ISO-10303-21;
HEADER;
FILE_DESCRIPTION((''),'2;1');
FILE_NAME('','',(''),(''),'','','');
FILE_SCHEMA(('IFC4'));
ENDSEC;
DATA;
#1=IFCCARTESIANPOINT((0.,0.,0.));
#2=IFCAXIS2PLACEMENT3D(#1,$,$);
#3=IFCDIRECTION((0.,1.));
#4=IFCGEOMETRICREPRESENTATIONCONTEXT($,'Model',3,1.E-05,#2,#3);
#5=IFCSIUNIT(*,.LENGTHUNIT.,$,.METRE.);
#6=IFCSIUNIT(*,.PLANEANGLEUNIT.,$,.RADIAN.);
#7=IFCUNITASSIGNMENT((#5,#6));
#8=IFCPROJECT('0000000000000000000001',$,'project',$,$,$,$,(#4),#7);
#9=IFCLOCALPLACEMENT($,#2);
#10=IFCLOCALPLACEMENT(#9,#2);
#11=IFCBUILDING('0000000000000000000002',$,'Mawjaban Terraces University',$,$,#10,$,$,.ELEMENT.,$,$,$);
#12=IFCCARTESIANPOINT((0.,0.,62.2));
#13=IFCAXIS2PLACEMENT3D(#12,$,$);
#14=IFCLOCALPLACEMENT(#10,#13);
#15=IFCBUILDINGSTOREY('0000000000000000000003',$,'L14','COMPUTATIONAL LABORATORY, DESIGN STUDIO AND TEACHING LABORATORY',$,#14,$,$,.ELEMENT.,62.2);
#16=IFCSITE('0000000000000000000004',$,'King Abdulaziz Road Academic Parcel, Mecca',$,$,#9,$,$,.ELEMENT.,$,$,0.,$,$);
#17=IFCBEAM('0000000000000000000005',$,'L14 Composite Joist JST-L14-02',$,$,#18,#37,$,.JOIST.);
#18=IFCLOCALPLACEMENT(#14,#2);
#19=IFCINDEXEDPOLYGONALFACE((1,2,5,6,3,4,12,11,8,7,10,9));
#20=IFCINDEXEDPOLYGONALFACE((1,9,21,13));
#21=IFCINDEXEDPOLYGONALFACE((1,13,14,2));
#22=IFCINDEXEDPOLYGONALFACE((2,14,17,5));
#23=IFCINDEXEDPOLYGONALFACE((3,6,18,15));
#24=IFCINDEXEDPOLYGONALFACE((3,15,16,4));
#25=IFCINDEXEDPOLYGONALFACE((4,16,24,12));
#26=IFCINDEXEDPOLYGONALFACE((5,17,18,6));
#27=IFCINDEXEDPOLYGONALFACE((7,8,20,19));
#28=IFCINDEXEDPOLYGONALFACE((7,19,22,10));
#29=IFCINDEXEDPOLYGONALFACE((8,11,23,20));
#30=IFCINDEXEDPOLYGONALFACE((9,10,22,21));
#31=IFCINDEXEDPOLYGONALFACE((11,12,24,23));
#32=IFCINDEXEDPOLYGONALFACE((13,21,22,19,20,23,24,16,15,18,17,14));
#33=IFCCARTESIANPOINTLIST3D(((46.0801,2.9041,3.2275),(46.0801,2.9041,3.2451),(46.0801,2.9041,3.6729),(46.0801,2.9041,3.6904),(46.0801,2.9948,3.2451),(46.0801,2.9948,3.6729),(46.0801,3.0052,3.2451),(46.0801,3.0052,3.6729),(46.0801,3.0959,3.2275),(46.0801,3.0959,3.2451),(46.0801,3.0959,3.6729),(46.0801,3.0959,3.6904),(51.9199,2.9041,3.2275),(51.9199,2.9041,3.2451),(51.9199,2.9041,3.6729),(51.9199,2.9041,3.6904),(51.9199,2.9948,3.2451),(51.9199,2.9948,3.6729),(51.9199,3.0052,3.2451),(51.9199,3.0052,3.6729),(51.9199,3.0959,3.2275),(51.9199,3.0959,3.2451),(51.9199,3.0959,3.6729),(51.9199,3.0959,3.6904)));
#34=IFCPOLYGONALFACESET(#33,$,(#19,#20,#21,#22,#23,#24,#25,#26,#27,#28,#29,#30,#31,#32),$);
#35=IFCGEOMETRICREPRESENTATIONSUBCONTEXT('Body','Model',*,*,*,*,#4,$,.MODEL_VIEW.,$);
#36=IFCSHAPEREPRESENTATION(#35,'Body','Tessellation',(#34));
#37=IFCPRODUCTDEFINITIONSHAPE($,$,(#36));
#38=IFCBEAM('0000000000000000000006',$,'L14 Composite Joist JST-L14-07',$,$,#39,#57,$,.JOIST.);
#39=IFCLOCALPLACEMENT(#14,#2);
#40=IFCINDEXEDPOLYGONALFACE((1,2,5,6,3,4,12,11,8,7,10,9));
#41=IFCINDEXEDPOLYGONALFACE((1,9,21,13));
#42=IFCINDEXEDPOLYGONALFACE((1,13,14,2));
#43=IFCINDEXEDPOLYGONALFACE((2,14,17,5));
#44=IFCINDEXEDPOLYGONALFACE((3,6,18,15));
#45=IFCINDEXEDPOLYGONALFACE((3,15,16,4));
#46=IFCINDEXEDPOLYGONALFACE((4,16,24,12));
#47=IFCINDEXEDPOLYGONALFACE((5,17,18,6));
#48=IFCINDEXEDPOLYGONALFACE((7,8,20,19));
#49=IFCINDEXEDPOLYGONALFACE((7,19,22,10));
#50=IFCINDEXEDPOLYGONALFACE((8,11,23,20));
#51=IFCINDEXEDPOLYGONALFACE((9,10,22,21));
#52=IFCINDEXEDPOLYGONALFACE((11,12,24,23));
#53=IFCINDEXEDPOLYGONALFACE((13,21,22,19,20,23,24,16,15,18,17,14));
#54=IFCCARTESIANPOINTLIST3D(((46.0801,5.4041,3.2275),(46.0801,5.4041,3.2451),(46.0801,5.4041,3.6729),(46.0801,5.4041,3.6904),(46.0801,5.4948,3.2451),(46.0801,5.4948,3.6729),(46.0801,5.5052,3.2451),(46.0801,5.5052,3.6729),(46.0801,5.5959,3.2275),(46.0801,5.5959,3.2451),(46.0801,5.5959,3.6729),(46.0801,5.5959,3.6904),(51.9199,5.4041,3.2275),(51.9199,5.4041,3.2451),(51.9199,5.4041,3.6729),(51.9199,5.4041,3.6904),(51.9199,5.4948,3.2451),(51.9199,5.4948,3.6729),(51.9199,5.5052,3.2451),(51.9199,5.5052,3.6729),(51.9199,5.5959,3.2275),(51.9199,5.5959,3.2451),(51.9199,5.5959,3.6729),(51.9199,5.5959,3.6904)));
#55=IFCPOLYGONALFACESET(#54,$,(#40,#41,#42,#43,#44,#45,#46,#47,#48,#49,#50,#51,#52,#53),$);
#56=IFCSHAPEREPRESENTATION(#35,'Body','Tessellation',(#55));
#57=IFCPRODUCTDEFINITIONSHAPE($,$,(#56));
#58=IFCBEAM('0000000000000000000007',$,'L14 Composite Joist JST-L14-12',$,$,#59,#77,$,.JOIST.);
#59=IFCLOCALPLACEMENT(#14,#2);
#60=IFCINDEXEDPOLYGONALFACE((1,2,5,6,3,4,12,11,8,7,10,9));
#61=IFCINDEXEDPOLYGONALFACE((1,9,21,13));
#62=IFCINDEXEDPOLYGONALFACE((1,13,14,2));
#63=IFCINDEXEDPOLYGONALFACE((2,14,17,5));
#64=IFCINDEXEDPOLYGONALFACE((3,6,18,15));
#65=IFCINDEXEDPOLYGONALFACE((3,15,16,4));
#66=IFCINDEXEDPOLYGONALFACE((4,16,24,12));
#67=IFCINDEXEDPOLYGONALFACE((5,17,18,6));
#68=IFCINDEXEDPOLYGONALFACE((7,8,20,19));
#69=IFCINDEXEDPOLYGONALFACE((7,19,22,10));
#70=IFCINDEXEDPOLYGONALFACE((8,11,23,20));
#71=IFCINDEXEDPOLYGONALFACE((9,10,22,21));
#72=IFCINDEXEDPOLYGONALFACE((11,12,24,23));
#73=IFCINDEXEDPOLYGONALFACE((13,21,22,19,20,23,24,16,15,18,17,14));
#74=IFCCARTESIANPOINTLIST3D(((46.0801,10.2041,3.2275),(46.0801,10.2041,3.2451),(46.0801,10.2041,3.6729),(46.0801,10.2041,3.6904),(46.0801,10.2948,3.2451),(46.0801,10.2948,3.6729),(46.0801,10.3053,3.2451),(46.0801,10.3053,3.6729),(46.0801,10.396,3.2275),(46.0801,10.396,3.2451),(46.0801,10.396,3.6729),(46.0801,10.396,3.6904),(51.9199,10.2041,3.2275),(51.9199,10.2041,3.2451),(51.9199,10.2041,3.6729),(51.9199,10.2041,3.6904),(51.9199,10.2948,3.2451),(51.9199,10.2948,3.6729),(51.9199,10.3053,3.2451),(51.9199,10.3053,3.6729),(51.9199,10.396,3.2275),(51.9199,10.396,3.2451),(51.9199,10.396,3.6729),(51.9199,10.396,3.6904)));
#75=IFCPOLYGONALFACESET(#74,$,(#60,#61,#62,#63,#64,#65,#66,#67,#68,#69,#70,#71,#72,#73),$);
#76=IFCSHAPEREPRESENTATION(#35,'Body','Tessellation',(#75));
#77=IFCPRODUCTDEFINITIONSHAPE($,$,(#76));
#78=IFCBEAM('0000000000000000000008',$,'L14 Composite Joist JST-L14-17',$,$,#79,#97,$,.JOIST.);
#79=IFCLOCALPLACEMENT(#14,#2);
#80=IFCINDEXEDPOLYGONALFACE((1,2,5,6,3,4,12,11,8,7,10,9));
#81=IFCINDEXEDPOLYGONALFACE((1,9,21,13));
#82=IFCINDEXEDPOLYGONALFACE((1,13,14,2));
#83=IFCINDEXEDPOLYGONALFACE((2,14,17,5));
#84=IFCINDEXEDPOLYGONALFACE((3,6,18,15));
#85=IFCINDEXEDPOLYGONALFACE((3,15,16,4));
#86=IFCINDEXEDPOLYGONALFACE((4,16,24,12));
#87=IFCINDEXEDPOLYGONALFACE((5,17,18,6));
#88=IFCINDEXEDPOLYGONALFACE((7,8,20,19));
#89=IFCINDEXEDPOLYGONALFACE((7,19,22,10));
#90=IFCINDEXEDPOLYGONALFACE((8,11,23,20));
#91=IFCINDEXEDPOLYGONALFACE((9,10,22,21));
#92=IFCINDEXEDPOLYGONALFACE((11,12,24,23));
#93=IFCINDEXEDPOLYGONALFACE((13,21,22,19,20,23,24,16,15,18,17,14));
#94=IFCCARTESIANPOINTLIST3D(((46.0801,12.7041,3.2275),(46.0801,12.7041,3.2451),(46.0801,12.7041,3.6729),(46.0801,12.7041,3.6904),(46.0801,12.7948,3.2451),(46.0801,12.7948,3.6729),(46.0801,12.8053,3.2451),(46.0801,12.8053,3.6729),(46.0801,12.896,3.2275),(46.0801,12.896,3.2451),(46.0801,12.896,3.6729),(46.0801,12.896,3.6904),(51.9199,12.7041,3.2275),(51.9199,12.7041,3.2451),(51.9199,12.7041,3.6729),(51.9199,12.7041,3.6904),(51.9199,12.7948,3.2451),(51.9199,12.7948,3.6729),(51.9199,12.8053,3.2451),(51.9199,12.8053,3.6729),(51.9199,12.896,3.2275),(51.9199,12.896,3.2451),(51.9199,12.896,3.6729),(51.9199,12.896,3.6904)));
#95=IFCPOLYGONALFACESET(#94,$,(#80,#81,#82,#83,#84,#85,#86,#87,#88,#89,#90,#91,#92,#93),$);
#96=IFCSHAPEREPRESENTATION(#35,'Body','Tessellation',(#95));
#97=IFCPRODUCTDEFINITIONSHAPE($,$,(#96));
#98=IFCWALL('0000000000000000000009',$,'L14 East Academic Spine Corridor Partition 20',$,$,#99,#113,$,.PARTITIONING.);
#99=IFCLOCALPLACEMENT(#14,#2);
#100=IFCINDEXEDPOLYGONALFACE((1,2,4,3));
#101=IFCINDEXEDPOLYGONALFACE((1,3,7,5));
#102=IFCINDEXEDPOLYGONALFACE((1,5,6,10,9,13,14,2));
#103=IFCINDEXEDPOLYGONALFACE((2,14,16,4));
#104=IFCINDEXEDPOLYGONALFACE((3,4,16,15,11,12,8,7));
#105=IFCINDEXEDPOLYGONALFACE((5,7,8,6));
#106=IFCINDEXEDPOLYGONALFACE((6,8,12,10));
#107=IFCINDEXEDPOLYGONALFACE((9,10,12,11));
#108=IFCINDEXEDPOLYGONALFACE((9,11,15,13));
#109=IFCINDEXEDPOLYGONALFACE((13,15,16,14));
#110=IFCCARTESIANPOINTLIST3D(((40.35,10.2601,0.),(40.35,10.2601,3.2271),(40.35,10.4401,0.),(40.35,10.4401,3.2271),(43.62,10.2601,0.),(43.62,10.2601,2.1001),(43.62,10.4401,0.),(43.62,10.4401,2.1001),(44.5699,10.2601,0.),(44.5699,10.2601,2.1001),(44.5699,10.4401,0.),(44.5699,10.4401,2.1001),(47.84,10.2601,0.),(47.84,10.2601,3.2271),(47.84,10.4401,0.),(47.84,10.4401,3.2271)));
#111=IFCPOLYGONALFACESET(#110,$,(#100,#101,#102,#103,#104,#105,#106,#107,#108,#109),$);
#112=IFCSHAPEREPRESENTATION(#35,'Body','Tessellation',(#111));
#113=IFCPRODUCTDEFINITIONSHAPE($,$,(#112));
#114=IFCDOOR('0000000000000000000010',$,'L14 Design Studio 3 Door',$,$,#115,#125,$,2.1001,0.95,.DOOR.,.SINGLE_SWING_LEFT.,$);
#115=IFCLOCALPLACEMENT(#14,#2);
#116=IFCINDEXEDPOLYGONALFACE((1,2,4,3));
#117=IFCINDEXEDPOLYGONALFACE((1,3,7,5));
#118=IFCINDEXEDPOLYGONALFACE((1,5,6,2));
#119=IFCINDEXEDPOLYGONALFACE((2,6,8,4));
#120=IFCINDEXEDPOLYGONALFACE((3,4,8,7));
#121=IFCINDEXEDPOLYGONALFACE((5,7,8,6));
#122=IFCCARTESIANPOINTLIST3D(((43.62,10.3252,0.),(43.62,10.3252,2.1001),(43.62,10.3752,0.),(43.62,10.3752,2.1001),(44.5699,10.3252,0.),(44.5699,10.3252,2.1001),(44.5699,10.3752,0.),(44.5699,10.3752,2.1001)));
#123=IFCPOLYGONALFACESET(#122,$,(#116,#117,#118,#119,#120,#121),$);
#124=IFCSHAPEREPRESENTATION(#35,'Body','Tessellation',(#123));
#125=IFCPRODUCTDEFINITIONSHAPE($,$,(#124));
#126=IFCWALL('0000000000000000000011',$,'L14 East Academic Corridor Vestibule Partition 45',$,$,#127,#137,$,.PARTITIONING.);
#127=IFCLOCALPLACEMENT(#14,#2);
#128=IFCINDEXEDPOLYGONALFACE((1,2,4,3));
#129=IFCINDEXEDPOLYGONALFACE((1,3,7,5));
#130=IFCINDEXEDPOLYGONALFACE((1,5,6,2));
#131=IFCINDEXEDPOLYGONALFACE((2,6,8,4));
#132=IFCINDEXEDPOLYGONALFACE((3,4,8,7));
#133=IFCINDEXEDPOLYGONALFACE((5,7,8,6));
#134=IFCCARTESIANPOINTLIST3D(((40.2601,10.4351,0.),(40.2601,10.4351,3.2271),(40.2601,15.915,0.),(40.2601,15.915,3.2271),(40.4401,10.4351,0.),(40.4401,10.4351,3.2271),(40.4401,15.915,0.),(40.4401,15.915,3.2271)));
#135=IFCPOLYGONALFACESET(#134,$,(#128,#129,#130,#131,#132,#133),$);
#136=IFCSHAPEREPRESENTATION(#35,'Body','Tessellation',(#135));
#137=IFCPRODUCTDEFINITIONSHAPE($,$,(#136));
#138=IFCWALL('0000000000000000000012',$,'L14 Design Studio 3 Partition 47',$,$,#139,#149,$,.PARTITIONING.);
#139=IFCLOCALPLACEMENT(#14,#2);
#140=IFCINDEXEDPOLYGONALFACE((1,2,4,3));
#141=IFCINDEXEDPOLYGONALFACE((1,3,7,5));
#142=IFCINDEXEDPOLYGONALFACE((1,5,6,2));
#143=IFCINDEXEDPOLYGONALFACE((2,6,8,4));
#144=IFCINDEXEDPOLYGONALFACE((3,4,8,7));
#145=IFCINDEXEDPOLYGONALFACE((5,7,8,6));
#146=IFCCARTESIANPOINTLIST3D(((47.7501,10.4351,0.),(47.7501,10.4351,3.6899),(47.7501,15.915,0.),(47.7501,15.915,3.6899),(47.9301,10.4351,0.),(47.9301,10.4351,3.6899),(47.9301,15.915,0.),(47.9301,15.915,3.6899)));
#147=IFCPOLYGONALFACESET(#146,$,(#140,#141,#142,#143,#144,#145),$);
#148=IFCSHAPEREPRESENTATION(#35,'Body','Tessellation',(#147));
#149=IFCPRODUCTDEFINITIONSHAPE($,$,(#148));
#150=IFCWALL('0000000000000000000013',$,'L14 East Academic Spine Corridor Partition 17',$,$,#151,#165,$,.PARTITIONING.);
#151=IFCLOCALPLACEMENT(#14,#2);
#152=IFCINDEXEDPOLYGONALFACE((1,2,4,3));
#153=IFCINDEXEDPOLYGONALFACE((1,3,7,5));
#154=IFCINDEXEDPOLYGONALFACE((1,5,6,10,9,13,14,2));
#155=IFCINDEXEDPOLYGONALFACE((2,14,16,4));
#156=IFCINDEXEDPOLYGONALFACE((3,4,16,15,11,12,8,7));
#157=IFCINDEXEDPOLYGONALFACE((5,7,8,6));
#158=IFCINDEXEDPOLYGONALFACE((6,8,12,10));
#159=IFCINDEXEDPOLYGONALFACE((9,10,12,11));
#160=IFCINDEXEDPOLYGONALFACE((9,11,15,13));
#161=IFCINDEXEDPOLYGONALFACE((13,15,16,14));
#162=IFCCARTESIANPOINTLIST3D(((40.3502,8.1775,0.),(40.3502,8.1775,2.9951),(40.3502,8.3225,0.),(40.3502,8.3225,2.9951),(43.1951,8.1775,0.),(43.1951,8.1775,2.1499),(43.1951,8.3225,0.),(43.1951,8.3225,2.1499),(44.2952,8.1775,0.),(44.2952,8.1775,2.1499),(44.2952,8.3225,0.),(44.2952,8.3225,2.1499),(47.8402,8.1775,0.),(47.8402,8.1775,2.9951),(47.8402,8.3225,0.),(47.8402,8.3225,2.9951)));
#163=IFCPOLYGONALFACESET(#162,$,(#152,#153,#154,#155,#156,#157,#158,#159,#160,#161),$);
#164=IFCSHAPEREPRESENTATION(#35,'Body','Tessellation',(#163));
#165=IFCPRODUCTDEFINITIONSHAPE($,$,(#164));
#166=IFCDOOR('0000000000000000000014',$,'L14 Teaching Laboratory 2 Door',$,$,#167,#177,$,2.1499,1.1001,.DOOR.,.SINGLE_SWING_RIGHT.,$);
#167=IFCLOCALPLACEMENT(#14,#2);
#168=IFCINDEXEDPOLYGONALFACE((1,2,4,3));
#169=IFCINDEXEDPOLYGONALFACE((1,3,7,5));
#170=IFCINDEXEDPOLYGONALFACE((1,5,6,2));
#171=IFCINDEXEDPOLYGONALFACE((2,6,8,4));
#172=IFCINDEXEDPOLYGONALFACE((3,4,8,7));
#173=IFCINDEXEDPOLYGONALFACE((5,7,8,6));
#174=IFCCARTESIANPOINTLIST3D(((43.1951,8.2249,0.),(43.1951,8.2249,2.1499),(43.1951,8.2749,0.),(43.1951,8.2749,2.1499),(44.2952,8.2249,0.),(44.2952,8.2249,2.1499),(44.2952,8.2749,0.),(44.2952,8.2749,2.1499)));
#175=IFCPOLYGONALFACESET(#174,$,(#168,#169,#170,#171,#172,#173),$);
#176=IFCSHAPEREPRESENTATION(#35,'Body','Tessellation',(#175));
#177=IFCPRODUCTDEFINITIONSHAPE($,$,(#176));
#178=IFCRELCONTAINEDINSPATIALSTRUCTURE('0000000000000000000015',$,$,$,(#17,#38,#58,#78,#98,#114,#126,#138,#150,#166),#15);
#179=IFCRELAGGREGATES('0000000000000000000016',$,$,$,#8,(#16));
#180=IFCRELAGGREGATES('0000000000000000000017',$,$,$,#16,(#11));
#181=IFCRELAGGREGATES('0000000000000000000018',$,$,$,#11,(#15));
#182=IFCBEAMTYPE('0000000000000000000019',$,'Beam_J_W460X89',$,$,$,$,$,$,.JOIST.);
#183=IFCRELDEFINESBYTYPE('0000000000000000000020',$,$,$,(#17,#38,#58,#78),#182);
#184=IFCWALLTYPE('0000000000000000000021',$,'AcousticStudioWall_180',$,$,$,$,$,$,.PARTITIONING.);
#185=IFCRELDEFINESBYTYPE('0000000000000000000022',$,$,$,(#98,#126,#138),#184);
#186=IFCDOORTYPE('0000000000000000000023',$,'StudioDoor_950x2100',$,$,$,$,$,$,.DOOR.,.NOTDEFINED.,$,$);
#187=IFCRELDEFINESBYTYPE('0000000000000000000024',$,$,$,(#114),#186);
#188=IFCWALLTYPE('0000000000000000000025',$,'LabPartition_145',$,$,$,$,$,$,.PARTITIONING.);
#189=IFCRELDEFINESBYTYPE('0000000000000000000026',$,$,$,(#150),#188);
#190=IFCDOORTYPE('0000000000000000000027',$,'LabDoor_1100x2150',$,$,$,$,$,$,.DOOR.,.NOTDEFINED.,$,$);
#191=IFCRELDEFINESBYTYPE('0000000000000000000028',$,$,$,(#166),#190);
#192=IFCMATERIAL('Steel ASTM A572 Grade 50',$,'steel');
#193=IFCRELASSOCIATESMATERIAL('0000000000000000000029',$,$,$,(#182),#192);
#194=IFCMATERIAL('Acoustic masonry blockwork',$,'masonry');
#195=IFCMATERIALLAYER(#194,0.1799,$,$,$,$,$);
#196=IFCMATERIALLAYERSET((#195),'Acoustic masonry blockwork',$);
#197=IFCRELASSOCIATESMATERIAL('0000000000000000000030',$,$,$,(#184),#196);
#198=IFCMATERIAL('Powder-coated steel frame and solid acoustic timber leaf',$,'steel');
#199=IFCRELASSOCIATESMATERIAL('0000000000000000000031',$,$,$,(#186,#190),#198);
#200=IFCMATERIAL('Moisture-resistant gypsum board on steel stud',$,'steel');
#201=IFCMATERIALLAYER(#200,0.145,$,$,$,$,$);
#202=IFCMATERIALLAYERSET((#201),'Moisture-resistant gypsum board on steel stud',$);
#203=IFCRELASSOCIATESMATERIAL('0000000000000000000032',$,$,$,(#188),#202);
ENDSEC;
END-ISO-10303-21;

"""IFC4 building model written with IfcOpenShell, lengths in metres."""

from ifc_helpers import new_model, si_unit, direction, frame, frame_2d, origin, origin_2d, place, context, subcontext, project, spatial, rectangle, i_section, extrude, material, layer, layer_set, material_profile, profile_set, type_object, element, fill, save


model = new_model("IFC4")

# Units and contexts
model_context = context("Model", 3, precision=1e-05, world=origin(), true_north=direction((0.0, 1.0)))
body_context = subcontext(model_context, "Body", "Model", "MODEL_VIEW")
ifc_project = project(units=[si_unit("LENGTHUNIT", "METRE"), si_unit("PLANEANGLEUNIT", "RADIAN")], contexts=[model_context])

# Site, building, storey
site_placement = place(None, origin())
site = spatial("IfcSite", under=ifc_project, at=site_placement, Name="King Abdulaziz Road Academic Parcel, Mecca", CompositionType="ELEMENT", RefElevation=0.0)
building_placement = place(site_placement, origin())
building = spatial("IfcBuilding", under=site, at=building_placement, Name="Mawjaban Terraces University", CompositionType="ELEMENT")
storey_placement = place(building_placement, frame((0.0, 0.0, 62.2)))
storey = spatial("IfcBuildingStorey", under=building, at=storey_placement, Name="L14", Description="COMPUTATIONAL LABORATORY, DESIGN STUDIO AND TEACHING LABORATORY", CompositionType="ELEMENT", Elevation=62.2)

# Beams
ifc_material_1 = material(Name="Steel ASTM A572 Grade 50", Category="steel")
ifc_material_profile_1 = material_profile(ifc_material_1, i_section(OverallWidth=0.1919, OverallDepth=0.4629, WebThickness=0.0105, FlangeThickness=0.0176, at=origin_2d()), Name="W460X89")
ifc_profile_set_1 = profile_set([ifc_material_profile_1], Name="Steel ASTM A572 Grade 50")
beam_type_1 = type_object("IfcBeamType", Name="Beam_J_W460X89", PredefinedType="JOIST", material=ifc_profile_set_1)
for number, where, z_axis, x_axis, name in (
    (1, (46.0801, 3.0, 3.459), (1.0, 0.0, 0.0), (0.0, 1.0, 0.0), "L14 Composite Joist JST-L14-02"),
    (2, (46.0801, 5.5, 3.459), (1.0, 0.0, 0.0), (0.0, 1.0, 0.0), "L14 Composite Joist JST-L14-07"),
    (3, (46.0801, 10.3, 3.459), (1.0, 0.0, 0.0), (0.0, 1.0, 0.0), "L14 Composite Joist JST-L14-12"),
    (4, (46.0801, 12.8, 3.459), (1.0, 0.0, 0.0), (0.0, 1.0, 0.0), "L14 Composite Joist JST-L14-17"),
):
    element("IfcBeam", number, at=place(storey_placement, frame(where, z_axis=z_axis, x_axis=x_axis)), inside=storey, type_object=beam_type_1, Name=name, PredefinedType="JOIST", context=body_context, shape_type="SweptSolid", body=[
        extrude(i_section(OverallWidth=0.1919, OverallDepth=0.4629, WebThickness=0.0105, FlangeThickness=0.0176, at=origin_2d()), origin(), (0.0, 0.0, 1.0), 5.8398),
    ])

# Wall, opening, door
ifc_material_2 = material(Name="Acoustic masonry blockwork", Category="masonry")
ifc_layer_1 = layer(ifc_material_2, 0.1799)
ifc_layer_set_1 = layer_set([ifc_layer_1], Name="Acoustic masonry blockwork")
wall_type_1 = type_object("IfcWallType", Name="AcousticStudioWall_180", PredefinedType="PARTITIONING", material=ifc_layer_set_1)
wall_1_placement = place(storey_placement, frame((47.8401, 10.3501, 0.0), z_axis=(0.0, 0.0, 1.0), x_axis=(-1.0, 0.0, 0.0)))
wall_1 = element("IfcWall", 5, at=wall_1_placement, inside=storey, type_object=wall_type_1, Name="L14 East Academic Spine Corridor Partition 20", PredefinedType="PARTITIONING", context=body_context, shape_type="SweptSolid", body=[
    extrude(rectangle(XDim=7.49, YDim=0.1799, at=frame_2d((3.7451, 0.0))), origin(), (0.0, 0.0, 1.0), 3.2271),
])
opening_1_placement = place(wall_1_placement, frame((3.27, 0.0, 0.0)))
opening_1 = element("IfcOpeningElement", 6, at=opening_1_placement, cuts=wall_1, PredefinedType="OPENING", context=body_context, shape_type="SweptSolid", body=[
    extrude(rectangle(XDim=0.95, YDim=2.1001, at=frame_2d((0.4751, 1.05))), frame((0.0, 0.0999, 0.0), z_axis=(0.0, -1.0, 0.0), x_axis=(1.0, 0.0, 0.0)), (0.0, 0.0, 1.0), 0.2),
])
ifc_material_3 = material(Name="Powder-coated steel frame and solid acoustic timber leaf", Category="steel")
door_type_1 = type_object("IfcDoorType", Name="StudioDoor_950x2100", OperationType="NOTDEFINED", PredefinedType="DOOR", material=ifc_material_3)
door_1_placement = place(opening_1_placement, origin())
door_1 = element("IfcDoor", 7, at=door_1_placement, inside=storey, type_object=door_type_1, Name="L14 Design Studio 3 Door", OperationType="SINGLE_SWING_LEFT", OverallHeight=2.1001, OverallWidth=0.95, PredefinedType="DOOR", context=body_context, shape_type="SweptSolid", body=[
    extrude(rectangle(XDim=0.95, YDim=2.1001, at=frame_2d((0.4751, 1.05))), frame((0.0, 0.0249, 0.0), z_axis=(0.0, -1.0, 0.0), x_axis=(1.0, 0.0, 0.0)), (0.0, 0.0, 1.0), 0.05),
])
fill(opening_1, door_1)

# Walls
wall_2_placement = place(storey_placement, frame((40.3501, 10.4351, 0.0), z_axis=(0.0, 0.0, 1.0), x_axis=(0.0, 1.0, 0.0)))
element("IfcWall", 8, at=wall_2_placement, inside=storey, type_object=wall_type_1, Name="L14 East Academic Corridor Vestibule Partition 45", PredefinedType="PARTITIONING", context=body_context, shape_type="SweptSolid", body=[
    extrude(rectangle(XDim=5.48, YDim=0.1799, at=frame_2d((2.74, 0.0))), origin(), (0.0, 0.0, 1.0), 3.2271),
])
wall_3_placement = place(storey_placement, frame((47.8401, 10.4351, 0.0), z_axis=(0.0, 0.0, 1.0), x_axis=(0.0, 1.0, 0.0)))
element("IfcWall", 9, at=wall_3_placement, inside=storey, type_object=wall_type_1, Name="L14 Design Studio 3 Partition 47", PredefinedType="PARTITIONING", context=body_context, shape_type="SweptSolid", body=[
    extrude(rectangle(XDim=5.48, YDim=0.1799, at=frame_2d((2.74, 0.0))), origin(), (0.0, 0.0, 1.0), 3.6899),
])

# Wall, opening, door
ifc_material_4 = material(Name="Moisture-resistant gypsum board on steel stud", Category="steel")
ifc_layer_2 = layer(ifc_material_4, 0.145)
ifc_layer_set_2 = layer_set([ifc_layer_2], Name="Moisture-resistant gypsum board on steel stud")
wall_type_2 = type_object("IfcWallType", Name="LabPartition_145", PredefinedType="PARTITIONING", material=ifc_layer_set_2)
wall_4_placement = place(storey_placement, frame((40.3501, 8.25, 0.0), z_axis=(0.0, 0.0, 1.0), x_axis=(1.0, 0.0, 0.0)))
wall_4 = element("IfcWall", 10, at=wall_4_placement, inside=storey, type_object=wall_type_2, Name="L14 East Academic Spine Corridor Partition 17", PredefinedType="PARTITIONING", context=body_context, shape_type="SweptSolid", body=[
    extrude(rectangle(XDim=7.49, YDim=0.145, at=frame_2d((3.7451, 0.0))), origin(), (0.0, 0.0, 1.0), 2.9951),
])
opening_2_placement = place(wall_4_placement, frame((2.845, 0.0, 0.0)))
opening_2 = element("IfcOpeningElement", 11, at=opening_2_placement, cuts=wall_4, PredefinedType="OPENING", context=body_context, shape_type="SweptSolid", body=[
    extrude(rectangle(XDim=1.1001, YDim=2.1499, at=frame_2d((0.55, 1.075))), frame((0.0, 0.0825, 0.0), z_axis=(0.0, -1.0, 0.0), x_axis=(1.0, 0.0, 0.0)), (0.0, 0.0, 1.0), 0.165),
])
door_type_2 = type_object("IfcDoorType", Name="LabDoor_1100x2150", OperationType="NOTDEFINED", PredefinedType="DOOR", material=ifc_material_3)
door_2_placement = place(opening_2_placement, origin())
door_2 = element("IfcDoor", 12, at=door_2_placement, inside=storey, type_object=door_type_2, Name="L14 Teaching Laboratory 2 Door", OperationType="SINGLE_SWING_RIGHT", OverallHeight=2.1499, OverallWidth=1.1001, PredefinedType="DOOR", context=body_context, shape_type="SweptSolid", body=[
    extrude(rectangle(XDim=1.1001, YDim=2.1499, at=frame_2d((0.55, 1.075))), frame((0.0, 0.0249, 0.0), z_axis=(0.0, -1.0, 0.0), x_axis=(1.0, 0.0, 0.0)), (0.0, 0.0, 1.0), 0.05),
])
fill(opening_2, door_2)

save(model, "model.ifc")
